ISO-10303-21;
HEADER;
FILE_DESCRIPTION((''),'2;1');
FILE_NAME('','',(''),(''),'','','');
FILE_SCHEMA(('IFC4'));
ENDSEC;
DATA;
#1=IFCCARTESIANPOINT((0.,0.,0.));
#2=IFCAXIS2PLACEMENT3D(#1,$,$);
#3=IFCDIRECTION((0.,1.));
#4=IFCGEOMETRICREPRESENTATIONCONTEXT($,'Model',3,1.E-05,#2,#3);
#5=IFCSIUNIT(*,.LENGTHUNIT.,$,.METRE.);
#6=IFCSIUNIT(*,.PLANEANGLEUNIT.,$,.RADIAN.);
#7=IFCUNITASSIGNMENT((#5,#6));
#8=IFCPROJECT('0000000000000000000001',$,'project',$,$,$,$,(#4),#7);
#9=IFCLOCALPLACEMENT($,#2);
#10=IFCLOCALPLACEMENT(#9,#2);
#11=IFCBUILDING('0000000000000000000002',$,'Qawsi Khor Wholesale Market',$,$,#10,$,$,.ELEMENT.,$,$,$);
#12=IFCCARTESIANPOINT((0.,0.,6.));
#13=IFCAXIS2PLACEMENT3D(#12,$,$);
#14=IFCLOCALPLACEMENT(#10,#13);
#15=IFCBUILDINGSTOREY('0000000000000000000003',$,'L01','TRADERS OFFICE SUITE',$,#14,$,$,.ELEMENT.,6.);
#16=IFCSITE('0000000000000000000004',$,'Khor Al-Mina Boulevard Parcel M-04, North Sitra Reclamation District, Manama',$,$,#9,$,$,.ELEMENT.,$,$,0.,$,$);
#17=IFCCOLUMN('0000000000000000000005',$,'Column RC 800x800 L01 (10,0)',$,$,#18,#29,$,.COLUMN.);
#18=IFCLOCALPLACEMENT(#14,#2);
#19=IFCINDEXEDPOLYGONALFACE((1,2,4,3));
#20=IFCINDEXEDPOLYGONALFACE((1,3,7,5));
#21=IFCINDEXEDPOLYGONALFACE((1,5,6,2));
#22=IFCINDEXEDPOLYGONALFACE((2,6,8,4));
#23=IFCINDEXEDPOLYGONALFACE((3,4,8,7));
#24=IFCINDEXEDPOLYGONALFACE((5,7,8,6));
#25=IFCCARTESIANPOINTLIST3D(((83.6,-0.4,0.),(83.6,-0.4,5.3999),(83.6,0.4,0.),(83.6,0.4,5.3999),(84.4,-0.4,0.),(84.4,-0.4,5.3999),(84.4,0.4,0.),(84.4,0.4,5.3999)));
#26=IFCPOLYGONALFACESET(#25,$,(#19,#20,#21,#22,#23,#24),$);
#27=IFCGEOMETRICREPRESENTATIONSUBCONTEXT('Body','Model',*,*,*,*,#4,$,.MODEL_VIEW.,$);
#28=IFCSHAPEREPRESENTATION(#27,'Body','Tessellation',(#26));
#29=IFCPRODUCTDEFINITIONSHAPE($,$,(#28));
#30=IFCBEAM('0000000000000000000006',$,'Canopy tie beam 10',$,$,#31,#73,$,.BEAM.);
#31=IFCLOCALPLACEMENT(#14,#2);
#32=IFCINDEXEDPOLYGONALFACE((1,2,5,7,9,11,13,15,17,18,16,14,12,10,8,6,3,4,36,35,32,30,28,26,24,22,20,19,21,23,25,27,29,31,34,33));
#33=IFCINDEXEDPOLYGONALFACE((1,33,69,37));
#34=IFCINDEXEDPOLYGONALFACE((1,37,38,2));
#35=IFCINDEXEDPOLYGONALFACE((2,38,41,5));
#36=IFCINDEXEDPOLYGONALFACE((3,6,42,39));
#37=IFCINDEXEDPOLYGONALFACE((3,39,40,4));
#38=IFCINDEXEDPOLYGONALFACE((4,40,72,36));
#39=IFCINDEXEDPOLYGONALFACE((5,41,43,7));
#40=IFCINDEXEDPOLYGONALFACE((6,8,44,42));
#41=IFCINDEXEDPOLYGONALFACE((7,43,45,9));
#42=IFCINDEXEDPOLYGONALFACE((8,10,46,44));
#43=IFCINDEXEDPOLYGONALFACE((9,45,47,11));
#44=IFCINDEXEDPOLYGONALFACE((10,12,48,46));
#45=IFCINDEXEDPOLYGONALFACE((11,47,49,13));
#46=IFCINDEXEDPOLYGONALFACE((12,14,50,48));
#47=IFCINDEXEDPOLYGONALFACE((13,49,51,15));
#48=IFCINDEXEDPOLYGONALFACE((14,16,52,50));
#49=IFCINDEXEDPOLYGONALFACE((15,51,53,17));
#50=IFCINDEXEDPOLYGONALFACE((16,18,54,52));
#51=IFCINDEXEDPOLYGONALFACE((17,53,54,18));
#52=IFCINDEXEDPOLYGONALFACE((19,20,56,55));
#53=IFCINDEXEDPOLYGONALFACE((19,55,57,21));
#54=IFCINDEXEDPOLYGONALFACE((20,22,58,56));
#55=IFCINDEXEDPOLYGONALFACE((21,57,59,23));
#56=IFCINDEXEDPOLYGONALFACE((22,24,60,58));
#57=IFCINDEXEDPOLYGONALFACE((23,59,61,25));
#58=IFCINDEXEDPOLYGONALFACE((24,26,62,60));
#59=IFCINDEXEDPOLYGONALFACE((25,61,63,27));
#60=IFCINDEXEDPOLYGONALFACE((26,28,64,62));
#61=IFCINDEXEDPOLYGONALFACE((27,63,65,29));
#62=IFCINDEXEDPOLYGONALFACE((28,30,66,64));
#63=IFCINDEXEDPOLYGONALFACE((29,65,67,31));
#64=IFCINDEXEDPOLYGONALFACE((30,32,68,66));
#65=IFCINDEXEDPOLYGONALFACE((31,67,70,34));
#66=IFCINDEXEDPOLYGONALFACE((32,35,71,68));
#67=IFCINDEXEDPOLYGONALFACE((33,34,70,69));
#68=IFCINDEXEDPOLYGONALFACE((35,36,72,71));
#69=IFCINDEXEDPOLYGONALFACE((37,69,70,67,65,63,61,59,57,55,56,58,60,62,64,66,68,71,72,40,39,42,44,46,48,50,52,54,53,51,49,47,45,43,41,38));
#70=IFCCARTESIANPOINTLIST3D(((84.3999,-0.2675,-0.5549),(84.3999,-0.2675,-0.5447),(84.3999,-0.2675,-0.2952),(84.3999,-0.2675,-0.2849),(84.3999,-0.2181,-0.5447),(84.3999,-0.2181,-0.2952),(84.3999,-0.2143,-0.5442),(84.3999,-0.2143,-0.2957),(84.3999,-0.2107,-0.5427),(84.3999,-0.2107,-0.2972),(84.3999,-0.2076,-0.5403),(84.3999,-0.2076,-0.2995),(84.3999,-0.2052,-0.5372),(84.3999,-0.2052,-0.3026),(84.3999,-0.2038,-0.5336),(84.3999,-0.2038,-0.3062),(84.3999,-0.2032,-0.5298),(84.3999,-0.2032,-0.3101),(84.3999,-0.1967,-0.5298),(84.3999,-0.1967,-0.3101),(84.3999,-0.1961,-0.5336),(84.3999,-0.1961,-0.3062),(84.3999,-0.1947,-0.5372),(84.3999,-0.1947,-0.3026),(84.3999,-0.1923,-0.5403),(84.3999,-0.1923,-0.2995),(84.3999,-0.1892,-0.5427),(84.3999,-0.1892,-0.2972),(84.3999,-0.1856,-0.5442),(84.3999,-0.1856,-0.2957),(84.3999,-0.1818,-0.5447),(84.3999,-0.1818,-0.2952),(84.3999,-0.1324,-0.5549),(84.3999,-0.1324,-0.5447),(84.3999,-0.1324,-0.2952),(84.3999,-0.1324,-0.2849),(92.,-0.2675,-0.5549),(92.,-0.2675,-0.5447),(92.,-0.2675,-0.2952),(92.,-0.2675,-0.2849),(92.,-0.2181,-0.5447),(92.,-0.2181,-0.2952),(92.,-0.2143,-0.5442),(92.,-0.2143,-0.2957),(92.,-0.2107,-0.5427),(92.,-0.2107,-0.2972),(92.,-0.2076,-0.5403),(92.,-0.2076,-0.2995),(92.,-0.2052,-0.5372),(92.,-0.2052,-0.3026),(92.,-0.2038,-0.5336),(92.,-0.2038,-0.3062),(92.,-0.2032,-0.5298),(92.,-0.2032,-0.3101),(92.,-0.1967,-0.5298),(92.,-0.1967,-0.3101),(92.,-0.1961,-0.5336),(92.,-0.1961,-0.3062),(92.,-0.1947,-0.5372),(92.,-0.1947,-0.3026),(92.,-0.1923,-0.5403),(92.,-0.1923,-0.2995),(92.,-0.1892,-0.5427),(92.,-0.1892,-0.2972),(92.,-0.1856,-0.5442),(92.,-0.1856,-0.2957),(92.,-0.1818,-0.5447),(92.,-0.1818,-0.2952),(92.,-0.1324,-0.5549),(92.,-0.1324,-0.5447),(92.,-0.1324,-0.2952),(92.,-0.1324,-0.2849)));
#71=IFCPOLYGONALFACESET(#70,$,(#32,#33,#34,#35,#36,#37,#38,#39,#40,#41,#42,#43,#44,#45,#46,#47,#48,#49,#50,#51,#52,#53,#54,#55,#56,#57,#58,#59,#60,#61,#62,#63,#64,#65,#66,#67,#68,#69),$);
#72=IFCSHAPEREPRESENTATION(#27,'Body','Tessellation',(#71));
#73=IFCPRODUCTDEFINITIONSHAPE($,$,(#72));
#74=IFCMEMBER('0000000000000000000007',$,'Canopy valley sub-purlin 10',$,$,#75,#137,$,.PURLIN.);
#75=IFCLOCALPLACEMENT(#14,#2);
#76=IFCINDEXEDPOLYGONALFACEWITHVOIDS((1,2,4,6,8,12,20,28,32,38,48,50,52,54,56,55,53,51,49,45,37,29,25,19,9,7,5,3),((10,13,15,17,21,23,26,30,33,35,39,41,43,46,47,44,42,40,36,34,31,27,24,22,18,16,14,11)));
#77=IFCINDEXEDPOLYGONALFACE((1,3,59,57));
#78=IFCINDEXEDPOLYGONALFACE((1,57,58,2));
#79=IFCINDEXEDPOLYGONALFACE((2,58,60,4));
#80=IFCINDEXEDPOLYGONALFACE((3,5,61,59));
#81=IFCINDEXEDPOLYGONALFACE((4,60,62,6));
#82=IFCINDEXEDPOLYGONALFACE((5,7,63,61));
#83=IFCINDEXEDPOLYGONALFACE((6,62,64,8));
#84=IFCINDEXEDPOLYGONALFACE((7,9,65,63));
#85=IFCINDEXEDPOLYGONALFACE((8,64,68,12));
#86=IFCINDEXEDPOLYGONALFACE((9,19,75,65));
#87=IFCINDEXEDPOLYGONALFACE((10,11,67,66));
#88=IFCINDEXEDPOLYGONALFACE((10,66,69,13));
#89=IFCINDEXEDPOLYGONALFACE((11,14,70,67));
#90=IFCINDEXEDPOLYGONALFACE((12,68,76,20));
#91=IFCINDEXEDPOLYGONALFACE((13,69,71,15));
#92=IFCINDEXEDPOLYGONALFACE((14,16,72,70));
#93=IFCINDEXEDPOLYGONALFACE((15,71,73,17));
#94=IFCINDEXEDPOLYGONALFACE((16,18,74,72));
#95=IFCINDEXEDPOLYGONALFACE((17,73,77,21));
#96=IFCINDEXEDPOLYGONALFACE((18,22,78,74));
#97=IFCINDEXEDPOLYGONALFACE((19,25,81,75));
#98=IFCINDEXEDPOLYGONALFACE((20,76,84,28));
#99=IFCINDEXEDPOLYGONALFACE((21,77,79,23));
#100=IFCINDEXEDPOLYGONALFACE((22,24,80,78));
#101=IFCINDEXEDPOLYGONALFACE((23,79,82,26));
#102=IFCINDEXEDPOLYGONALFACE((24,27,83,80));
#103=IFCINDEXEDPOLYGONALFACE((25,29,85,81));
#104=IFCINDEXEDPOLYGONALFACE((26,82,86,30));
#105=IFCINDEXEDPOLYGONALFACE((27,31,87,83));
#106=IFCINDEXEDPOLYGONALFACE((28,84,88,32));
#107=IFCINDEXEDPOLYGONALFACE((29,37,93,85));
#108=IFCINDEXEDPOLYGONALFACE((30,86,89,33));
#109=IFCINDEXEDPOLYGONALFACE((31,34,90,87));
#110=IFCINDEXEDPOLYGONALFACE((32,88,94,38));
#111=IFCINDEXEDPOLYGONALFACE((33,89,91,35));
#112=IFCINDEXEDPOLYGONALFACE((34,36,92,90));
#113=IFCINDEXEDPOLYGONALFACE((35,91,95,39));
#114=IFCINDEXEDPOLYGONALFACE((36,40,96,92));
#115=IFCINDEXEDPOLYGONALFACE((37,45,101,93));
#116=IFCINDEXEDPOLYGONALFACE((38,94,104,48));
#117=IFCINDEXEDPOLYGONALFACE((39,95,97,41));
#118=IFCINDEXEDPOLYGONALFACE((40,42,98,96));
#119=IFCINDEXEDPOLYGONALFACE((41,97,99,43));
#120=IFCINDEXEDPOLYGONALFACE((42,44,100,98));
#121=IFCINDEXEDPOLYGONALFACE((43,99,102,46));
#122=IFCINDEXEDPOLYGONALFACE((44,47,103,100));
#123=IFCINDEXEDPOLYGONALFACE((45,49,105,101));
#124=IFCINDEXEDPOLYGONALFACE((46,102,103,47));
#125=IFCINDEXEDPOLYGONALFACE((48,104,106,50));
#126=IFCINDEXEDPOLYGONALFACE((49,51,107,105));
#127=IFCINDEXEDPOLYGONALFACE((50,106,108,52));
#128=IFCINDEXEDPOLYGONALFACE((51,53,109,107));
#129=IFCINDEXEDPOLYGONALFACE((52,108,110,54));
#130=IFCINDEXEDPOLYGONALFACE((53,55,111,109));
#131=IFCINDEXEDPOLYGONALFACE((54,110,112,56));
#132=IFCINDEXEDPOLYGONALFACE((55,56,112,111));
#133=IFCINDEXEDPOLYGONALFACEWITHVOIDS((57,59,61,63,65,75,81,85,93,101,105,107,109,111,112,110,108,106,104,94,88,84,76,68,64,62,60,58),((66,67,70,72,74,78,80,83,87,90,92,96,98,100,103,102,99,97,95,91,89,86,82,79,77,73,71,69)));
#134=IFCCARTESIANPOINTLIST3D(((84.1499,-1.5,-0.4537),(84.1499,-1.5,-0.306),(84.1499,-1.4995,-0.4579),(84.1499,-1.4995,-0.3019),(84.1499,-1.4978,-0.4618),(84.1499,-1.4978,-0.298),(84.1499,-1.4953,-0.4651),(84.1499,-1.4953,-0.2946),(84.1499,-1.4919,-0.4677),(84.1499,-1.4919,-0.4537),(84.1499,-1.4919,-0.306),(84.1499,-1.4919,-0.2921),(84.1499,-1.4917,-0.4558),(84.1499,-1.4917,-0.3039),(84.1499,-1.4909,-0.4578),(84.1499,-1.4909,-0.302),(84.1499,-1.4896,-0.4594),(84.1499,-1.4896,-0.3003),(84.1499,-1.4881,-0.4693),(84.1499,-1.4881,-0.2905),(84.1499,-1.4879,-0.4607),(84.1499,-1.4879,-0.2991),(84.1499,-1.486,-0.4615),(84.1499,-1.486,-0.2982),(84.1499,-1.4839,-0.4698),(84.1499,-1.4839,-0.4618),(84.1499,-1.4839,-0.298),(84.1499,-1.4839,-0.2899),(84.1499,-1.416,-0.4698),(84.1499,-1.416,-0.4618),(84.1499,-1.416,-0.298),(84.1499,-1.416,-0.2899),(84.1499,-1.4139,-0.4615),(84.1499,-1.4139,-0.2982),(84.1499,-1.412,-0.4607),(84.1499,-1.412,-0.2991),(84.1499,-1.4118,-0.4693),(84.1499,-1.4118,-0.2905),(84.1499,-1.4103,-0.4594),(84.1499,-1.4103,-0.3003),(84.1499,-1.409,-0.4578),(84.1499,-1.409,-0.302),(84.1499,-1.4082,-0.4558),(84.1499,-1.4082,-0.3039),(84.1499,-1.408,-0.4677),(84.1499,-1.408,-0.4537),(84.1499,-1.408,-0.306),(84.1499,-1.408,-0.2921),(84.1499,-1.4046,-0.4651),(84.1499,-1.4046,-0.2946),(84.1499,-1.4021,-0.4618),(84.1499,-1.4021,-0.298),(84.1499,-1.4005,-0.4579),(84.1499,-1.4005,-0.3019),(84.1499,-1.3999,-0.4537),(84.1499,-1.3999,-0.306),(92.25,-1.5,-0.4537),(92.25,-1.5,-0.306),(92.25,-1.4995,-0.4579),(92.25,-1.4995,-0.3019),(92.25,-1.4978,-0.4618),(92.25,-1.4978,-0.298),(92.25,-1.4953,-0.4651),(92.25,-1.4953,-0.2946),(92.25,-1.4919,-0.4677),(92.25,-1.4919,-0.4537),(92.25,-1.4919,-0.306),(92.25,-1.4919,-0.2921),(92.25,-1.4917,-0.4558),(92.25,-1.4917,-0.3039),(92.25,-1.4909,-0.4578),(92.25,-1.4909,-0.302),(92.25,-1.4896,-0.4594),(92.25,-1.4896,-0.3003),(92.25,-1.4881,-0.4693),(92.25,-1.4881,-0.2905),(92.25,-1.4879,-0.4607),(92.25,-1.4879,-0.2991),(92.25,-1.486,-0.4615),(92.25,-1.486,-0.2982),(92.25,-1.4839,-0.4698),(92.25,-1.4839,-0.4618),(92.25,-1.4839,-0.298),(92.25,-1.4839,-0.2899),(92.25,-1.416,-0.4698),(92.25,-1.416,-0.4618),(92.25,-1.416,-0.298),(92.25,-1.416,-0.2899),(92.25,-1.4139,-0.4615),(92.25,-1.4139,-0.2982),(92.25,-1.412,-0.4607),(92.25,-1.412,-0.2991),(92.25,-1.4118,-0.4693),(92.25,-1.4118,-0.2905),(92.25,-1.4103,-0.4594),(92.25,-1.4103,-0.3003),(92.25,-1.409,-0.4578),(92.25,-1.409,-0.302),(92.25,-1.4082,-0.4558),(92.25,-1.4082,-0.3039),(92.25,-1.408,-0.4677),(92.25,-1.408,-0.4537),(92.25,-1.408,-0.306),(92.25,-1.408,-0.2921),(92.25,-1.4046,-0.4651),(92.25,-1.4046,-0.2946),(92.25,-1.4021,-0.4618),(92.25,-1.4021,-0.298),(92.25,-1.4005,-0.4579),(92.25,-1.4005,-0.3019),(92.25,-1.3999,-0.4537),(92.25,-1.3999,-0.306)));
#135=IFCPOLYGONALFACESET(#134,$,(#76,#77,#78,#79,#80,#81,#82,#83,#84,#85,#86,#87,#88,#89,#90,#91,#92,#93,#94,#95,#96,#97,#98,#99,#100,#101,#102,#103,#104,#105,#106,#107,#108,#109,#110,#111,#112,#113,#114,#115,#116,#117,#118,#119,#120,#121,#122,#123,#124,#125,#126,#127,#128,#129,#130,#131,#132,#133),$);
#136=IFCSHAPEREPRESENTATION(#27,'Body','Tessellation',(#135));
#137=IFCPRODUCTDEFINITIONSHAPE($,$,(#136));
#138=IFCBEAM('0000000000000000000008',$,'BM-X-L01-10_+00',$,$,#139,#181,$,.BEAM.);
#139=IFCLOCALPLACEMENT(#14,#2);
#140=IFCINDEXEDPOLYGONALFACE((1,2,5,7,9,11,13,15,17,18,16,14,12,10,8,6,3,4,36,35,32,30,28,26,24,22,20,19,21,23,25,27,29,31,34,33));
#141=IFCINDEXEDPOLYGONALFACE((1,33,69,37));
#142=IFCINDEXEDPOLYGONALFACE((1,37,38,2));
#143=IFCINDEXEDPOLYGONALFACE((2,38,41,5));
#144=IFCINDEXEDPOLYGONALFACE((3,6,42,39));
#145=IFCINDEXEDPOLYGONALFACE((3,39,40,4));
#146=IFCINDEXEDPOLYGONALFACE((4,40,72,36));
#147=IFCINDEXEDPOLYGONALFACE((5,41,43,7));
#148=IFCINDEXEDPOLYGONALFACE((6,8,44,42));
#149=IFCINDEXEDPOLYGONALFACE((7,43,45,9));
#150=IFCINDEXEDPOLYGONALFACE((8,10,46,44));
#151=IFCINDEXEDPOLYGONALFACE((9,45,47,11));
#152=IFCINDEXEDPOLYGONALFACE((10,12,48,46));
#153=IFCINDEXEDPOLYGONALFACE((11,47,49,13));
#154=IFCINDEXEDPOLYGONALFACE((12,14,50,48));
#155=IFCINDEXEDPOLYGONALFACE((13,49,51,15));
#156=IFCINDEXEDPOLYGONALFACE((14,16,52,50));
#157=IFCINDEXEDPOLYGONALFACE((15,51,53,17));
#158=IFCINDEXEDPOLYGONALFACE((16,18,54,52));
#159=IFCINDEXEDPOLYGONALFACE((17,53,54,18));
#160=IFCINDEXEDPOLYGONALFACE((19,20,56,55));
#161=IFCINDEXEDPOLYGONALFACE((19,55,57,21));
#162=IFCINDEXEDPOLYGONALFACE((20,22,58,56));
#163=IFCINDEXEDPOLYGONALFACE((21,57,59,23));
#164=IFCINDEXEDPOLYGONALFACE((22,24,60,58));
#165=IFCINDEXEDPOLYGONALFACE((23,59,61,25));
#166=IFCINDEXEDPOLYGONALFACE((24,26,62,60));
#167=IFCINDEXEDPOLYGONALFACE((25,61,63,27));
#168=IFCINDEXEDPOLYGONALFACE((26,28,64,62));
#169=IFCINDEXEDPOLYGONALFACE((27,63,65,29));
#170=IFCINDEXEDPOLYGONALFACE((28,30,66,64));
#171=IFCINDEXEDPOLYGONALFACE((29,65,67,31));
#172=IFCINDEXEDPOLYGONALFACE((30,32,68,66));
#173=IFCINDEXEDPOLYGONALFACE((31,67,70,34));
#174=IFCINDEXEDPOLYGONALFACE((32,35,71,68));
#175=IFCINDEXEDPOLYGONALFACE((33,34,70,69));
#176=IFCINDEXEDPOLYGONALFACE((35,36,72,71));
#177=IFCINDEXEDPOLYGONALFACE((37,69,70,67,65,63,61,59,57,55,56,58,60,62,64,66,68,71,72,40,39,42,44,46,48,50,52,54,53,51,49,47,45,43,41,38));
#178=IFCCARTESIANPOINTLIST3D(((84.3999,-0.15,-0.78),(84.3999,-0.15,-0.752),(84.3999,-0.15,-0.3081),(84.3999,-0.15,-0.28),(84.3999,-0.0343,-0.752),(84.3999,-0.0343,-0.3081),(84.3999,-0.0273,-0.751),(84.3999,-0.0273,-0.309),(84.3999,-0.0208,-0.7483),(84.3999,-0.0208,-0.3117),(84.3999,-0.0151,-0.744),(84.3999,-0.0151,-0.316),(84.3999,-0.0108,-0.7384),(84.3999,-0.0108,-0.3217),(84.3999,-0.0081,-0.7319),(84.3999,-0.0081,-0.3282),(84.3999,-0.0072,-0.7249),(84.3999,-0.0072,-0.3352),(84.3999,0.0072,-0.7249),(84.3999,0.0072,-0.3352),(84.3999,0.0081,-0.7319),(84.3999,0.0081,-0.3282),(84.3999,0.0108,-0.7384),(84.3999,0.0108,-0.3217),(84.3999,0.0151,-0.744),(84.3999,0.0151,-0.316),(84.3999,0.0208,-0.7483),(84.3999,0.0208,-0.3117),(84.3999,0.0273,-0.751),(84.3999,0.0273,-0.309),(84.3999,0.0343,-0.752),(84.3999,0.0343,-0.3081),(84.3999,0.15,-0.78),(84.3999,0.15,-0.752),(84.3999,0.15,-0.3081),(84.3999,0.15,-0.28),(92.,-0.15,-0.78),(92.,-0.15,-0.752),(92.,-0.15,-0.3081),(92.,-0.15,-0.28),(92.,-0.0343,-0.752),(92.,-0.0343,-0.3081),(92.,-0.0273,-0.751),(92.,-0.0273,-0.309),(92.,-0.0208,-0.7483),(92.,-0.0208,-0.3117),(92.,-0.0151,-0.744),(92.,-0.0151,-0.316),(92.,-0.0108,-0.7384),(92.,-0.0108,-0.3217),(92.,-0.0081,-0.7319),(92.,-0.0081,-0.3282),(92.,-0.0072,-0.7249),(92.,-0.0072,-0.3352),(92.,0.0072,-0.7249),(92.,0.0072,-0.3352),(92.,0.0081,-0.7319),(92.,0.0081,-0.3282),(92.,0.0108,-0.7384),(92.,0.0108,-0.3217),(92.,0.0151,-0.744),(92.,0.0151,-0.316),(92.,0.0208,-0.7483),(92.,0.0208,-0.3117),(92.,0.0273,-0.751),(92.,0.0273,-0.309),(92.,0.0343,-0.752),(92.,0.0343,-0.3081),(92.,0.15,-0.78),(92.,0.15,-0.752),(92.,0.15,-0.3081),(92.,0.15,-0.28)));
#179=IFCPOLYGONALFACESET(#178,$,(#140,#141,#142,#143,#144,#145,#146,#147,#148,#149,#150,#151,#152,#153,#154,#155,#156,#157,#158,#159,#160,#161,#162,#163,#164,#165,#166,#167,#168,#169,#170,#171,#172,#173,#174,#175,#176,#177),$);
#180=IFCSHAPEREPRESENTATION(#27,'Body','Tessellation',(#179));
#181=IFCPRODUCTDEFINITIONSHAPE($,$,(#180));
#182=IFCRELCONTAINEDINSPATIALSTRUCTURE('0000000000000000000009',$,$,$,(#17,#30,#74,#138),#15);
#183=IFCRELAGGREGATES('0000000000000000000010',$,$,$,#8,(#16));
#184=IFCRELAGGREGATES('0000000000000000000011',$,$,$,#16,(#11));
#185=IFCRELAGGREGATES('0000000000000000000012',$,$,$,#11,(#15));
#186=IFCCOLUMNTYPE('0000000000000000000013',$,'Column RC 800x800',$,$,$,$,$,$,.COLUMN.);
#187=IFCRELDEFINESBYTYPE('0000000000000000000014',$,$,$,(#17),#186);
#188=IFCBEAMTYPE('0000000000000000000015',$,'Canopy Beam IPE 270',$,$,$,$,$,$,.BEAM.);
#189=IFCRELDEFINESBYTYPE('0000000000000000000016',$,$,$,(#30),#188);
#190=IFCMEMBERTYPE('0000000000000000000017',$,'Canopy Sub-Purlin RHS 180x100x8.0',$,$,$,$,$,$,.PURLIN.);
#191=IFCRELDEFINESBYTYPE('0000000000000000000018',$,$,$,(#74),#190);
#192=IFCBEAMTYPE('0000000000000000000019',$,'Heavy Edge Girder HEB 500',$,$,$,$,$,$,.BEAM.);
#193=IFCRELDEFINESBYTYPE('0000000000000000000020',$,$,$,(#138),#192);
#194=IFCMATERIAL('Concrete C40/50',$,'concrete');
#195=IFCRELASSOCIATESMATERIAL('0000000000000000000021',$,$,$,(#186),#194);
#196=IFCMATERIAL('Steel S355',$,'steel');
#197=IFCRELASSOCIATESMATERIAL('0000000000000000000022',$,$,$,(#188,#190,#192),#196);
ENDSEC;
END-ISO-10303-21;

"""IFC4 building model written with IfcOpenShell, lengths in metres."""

from ifc_helpers import new_model, si_unit, direction, frame, origin, origin_2d, place, context, subcontext, project, spatial, rectangle, hollow_rectangle, i_section, extrude, material, material_profile, profile_set, type_object, element, save


model = new_model("IFC4")

# Units and contexts
model_context = context("Model", 3, precision=1e-05, world=origin(), true_north=direction((0.0, 1.0)))
body_context = subcontext(model_context, "Body", "Model", "MODEL_VIEW")
ifc_project = project(units=[si_unit("LENGTHUNIT", "METRE"), si_unit("PLANEANGLEUNIT", "RADIAN")], contexts=[model_context])

# Site, building, storey
site_placement = place(None, origin())
site = spatial("IfcSite", under=ifc_project, at=site_placement, Name="Khor Al-Mina Boulevard Parcel M-04, North Sitra Reclamation District, Manama", CompositionType="ELEMENT", RefElevation=0.0)
building_placement = place(site_placement, origin())
building = spatial("IfcBuilding", under=site, at=building_placement, Name="Qawsi Khor Wholesale Market", CompositionType="ELEMENT")
storey_placement = place(building_placement, frame((0.0, 0.0, 6.0)))
storey = spatial("IfcBuildingStorey", under=building, at=storey_placement, Name="L01", Description="TRADERS OFFICE SUITE", CompositionType="ELEMENT", Elevation=6.0)

# Column
ifc_material_1 = material(Name="Concrete C40/50", Category="concrete")
ifc_material_profile_1 = material_profile(ifc_material_1, rectangle(XDim=0.8, YDim=0.8, at=origin_2d()), Name="RC 800x800")
ifc_profile_set_1 = profile_set([ifc_material_profile_1], Name="Concrete C40/50")
column_type = type_object("IfcColumnType", Name="Column RC 800x800", PredefinedType="COLUMN", material=ifc_profile_set_1)
column_placement = place(storey_placement, frame((84.0, 0.0, 0.0), z_axis=(0.0, 0.0, 1.0), x_axis=(1.0, 0.0, 0.0)))
element("IfcColumn", 1, at=column_placement, inside=storey, type_object=column_type, Name="Column RC 800x800 L01 (10,0)", PredefinedType="COLUMN", context=body_context, shape_type="SweptSolid", body=[
    extrude(rectangle(XDim=0.8, YDim=0.8, at=origin_2d()), origin(), (0.0, 0.0, 1.0), 5.3999),
])

# Beam
ifc_material_2 = material(Name="Steel S355", Category="steel")
ifc_material_profile_2 = material_profile(ifc_material_2, i_section(OverallWidth=0.135, OverallDepth=0.27, WebThickness=0.0066, FlangeThickness=0.0103, FilletRadius=0.0149, at=origin_2d()), Name="IPE 270")
ifc_profile_set_2 = profile_set([ifc_material_profile_2], Name="Steel S355")
beam_type_1 = type_object("IfcBeamType", Name="Canopy Beam IPE 270", PredefinedType="BEAM", material=ifc_profile_set_2)
beam_1_placement = place(storey_placement, frame((84.3999, -0.2, -0.4199), z_axis=(1.0, 0.0, 0.0), x_axis=(0.0, 1.0, 0.0)))
element("IfcBeam", 2, at=beam_1_placement, inside=storey, type_object=beam_type_1, Name="Canopy tie beam 10", PredefinedType="BEAM", context=body_context, shape_type="SweptSolid", body=[
    extrude(i_section(OverallWidth=0.135, OverallDepth=0.27, WebThickness=0.0066, FlangeThickness=0.0103, FilletRadius=0.0149, at=origin_2d()), origin(), (0.0, 0.0, 1.0), 7.6001),
])

# Member
ifc_material_profile_3 = material_profile(ifc_material_2, hollow_rectangle(XDim=0.1001, YDim=0.1799, WallThickness=0.0081, InnerFilletRadius=0.0081, OuterFilletRadius=0.0161, at=origin_2d()), Name="RHS 180x100x8.0")
ifc_profile_set_3 = profile_set([ifc_material_profile_3], Name="Steel S355")
member_type = type_object("IfcMemberType", Name="Canopy Sub-Purlin RHS 180x100x8.0", PredefinedType="PURLIN", material=ifc_profile_set_3)
member_placement = place(storey_placement, frame((84.1499, -1.45, -0.3799), z_axis=(1.0, 0.0, 0.0), x_axis=(0.0, 1.0, 0.0)))
element("IfcMember", 3, at=member_placement, inside=storey, type_object=member_type, Name="Canopy valley sub-purlin 10", PredefinedType="PURLIN", context=body_context, shape_type="SweptSolid", body=[
    extrude(hollow_rectangle(XDim=0.1001, YDim=0.1799, WallThickness=0.0081, InnerFilletRadius=0.0081, OuterFilletRadius=0.0161, at=origin_2d()), origin(), (0.0, 0.0, 1.0), 8.1001),
])

# Beam
ifc_material_profile_4 = material_profile(ifc_material_2, i_section(OverallWidth=0.3, OverallDepth=0.5, WebThickness=0.0144, FlangeThickness=0.0281, FilletRadius=0.0271, at=origin_2d()), Name="HEB 500")
ifc_profile_set_4 = profile_set([ifc_material_profile_4], Name="Steel S355")
beam_type_2 = type_object("IfcBeamType", Name="Heavy Edge Girder HEB 500", PredefinedType="BEAM", material=ifc_profile_set_4)
beam_2_placement = place(storey_placement, frame((84.3999, 0.0, -0.53), z_axis=(1.0, 0.0, 0.0), x_axis=(0.0, 1.0, 0.0)))
element("IfcBeam", 4, at=beam_2_placement, inside=storey, type_object=beam_type_2, Name="BM-X-L01-10_+00", PredefinedType="BEAM", context=body_context, shape_type="SweptSolid", body=[
    extrude(i_section(OverallWidth=0.3, OverallDepth=0.5, WebThickness=0.0144, FlangeThickness=0.0281, FilletRadius=0.0271, at=origin_2d()), origin(), (0.0, 0.0, 1.0), 7.6001),
])

save(model, "model.ifc")
